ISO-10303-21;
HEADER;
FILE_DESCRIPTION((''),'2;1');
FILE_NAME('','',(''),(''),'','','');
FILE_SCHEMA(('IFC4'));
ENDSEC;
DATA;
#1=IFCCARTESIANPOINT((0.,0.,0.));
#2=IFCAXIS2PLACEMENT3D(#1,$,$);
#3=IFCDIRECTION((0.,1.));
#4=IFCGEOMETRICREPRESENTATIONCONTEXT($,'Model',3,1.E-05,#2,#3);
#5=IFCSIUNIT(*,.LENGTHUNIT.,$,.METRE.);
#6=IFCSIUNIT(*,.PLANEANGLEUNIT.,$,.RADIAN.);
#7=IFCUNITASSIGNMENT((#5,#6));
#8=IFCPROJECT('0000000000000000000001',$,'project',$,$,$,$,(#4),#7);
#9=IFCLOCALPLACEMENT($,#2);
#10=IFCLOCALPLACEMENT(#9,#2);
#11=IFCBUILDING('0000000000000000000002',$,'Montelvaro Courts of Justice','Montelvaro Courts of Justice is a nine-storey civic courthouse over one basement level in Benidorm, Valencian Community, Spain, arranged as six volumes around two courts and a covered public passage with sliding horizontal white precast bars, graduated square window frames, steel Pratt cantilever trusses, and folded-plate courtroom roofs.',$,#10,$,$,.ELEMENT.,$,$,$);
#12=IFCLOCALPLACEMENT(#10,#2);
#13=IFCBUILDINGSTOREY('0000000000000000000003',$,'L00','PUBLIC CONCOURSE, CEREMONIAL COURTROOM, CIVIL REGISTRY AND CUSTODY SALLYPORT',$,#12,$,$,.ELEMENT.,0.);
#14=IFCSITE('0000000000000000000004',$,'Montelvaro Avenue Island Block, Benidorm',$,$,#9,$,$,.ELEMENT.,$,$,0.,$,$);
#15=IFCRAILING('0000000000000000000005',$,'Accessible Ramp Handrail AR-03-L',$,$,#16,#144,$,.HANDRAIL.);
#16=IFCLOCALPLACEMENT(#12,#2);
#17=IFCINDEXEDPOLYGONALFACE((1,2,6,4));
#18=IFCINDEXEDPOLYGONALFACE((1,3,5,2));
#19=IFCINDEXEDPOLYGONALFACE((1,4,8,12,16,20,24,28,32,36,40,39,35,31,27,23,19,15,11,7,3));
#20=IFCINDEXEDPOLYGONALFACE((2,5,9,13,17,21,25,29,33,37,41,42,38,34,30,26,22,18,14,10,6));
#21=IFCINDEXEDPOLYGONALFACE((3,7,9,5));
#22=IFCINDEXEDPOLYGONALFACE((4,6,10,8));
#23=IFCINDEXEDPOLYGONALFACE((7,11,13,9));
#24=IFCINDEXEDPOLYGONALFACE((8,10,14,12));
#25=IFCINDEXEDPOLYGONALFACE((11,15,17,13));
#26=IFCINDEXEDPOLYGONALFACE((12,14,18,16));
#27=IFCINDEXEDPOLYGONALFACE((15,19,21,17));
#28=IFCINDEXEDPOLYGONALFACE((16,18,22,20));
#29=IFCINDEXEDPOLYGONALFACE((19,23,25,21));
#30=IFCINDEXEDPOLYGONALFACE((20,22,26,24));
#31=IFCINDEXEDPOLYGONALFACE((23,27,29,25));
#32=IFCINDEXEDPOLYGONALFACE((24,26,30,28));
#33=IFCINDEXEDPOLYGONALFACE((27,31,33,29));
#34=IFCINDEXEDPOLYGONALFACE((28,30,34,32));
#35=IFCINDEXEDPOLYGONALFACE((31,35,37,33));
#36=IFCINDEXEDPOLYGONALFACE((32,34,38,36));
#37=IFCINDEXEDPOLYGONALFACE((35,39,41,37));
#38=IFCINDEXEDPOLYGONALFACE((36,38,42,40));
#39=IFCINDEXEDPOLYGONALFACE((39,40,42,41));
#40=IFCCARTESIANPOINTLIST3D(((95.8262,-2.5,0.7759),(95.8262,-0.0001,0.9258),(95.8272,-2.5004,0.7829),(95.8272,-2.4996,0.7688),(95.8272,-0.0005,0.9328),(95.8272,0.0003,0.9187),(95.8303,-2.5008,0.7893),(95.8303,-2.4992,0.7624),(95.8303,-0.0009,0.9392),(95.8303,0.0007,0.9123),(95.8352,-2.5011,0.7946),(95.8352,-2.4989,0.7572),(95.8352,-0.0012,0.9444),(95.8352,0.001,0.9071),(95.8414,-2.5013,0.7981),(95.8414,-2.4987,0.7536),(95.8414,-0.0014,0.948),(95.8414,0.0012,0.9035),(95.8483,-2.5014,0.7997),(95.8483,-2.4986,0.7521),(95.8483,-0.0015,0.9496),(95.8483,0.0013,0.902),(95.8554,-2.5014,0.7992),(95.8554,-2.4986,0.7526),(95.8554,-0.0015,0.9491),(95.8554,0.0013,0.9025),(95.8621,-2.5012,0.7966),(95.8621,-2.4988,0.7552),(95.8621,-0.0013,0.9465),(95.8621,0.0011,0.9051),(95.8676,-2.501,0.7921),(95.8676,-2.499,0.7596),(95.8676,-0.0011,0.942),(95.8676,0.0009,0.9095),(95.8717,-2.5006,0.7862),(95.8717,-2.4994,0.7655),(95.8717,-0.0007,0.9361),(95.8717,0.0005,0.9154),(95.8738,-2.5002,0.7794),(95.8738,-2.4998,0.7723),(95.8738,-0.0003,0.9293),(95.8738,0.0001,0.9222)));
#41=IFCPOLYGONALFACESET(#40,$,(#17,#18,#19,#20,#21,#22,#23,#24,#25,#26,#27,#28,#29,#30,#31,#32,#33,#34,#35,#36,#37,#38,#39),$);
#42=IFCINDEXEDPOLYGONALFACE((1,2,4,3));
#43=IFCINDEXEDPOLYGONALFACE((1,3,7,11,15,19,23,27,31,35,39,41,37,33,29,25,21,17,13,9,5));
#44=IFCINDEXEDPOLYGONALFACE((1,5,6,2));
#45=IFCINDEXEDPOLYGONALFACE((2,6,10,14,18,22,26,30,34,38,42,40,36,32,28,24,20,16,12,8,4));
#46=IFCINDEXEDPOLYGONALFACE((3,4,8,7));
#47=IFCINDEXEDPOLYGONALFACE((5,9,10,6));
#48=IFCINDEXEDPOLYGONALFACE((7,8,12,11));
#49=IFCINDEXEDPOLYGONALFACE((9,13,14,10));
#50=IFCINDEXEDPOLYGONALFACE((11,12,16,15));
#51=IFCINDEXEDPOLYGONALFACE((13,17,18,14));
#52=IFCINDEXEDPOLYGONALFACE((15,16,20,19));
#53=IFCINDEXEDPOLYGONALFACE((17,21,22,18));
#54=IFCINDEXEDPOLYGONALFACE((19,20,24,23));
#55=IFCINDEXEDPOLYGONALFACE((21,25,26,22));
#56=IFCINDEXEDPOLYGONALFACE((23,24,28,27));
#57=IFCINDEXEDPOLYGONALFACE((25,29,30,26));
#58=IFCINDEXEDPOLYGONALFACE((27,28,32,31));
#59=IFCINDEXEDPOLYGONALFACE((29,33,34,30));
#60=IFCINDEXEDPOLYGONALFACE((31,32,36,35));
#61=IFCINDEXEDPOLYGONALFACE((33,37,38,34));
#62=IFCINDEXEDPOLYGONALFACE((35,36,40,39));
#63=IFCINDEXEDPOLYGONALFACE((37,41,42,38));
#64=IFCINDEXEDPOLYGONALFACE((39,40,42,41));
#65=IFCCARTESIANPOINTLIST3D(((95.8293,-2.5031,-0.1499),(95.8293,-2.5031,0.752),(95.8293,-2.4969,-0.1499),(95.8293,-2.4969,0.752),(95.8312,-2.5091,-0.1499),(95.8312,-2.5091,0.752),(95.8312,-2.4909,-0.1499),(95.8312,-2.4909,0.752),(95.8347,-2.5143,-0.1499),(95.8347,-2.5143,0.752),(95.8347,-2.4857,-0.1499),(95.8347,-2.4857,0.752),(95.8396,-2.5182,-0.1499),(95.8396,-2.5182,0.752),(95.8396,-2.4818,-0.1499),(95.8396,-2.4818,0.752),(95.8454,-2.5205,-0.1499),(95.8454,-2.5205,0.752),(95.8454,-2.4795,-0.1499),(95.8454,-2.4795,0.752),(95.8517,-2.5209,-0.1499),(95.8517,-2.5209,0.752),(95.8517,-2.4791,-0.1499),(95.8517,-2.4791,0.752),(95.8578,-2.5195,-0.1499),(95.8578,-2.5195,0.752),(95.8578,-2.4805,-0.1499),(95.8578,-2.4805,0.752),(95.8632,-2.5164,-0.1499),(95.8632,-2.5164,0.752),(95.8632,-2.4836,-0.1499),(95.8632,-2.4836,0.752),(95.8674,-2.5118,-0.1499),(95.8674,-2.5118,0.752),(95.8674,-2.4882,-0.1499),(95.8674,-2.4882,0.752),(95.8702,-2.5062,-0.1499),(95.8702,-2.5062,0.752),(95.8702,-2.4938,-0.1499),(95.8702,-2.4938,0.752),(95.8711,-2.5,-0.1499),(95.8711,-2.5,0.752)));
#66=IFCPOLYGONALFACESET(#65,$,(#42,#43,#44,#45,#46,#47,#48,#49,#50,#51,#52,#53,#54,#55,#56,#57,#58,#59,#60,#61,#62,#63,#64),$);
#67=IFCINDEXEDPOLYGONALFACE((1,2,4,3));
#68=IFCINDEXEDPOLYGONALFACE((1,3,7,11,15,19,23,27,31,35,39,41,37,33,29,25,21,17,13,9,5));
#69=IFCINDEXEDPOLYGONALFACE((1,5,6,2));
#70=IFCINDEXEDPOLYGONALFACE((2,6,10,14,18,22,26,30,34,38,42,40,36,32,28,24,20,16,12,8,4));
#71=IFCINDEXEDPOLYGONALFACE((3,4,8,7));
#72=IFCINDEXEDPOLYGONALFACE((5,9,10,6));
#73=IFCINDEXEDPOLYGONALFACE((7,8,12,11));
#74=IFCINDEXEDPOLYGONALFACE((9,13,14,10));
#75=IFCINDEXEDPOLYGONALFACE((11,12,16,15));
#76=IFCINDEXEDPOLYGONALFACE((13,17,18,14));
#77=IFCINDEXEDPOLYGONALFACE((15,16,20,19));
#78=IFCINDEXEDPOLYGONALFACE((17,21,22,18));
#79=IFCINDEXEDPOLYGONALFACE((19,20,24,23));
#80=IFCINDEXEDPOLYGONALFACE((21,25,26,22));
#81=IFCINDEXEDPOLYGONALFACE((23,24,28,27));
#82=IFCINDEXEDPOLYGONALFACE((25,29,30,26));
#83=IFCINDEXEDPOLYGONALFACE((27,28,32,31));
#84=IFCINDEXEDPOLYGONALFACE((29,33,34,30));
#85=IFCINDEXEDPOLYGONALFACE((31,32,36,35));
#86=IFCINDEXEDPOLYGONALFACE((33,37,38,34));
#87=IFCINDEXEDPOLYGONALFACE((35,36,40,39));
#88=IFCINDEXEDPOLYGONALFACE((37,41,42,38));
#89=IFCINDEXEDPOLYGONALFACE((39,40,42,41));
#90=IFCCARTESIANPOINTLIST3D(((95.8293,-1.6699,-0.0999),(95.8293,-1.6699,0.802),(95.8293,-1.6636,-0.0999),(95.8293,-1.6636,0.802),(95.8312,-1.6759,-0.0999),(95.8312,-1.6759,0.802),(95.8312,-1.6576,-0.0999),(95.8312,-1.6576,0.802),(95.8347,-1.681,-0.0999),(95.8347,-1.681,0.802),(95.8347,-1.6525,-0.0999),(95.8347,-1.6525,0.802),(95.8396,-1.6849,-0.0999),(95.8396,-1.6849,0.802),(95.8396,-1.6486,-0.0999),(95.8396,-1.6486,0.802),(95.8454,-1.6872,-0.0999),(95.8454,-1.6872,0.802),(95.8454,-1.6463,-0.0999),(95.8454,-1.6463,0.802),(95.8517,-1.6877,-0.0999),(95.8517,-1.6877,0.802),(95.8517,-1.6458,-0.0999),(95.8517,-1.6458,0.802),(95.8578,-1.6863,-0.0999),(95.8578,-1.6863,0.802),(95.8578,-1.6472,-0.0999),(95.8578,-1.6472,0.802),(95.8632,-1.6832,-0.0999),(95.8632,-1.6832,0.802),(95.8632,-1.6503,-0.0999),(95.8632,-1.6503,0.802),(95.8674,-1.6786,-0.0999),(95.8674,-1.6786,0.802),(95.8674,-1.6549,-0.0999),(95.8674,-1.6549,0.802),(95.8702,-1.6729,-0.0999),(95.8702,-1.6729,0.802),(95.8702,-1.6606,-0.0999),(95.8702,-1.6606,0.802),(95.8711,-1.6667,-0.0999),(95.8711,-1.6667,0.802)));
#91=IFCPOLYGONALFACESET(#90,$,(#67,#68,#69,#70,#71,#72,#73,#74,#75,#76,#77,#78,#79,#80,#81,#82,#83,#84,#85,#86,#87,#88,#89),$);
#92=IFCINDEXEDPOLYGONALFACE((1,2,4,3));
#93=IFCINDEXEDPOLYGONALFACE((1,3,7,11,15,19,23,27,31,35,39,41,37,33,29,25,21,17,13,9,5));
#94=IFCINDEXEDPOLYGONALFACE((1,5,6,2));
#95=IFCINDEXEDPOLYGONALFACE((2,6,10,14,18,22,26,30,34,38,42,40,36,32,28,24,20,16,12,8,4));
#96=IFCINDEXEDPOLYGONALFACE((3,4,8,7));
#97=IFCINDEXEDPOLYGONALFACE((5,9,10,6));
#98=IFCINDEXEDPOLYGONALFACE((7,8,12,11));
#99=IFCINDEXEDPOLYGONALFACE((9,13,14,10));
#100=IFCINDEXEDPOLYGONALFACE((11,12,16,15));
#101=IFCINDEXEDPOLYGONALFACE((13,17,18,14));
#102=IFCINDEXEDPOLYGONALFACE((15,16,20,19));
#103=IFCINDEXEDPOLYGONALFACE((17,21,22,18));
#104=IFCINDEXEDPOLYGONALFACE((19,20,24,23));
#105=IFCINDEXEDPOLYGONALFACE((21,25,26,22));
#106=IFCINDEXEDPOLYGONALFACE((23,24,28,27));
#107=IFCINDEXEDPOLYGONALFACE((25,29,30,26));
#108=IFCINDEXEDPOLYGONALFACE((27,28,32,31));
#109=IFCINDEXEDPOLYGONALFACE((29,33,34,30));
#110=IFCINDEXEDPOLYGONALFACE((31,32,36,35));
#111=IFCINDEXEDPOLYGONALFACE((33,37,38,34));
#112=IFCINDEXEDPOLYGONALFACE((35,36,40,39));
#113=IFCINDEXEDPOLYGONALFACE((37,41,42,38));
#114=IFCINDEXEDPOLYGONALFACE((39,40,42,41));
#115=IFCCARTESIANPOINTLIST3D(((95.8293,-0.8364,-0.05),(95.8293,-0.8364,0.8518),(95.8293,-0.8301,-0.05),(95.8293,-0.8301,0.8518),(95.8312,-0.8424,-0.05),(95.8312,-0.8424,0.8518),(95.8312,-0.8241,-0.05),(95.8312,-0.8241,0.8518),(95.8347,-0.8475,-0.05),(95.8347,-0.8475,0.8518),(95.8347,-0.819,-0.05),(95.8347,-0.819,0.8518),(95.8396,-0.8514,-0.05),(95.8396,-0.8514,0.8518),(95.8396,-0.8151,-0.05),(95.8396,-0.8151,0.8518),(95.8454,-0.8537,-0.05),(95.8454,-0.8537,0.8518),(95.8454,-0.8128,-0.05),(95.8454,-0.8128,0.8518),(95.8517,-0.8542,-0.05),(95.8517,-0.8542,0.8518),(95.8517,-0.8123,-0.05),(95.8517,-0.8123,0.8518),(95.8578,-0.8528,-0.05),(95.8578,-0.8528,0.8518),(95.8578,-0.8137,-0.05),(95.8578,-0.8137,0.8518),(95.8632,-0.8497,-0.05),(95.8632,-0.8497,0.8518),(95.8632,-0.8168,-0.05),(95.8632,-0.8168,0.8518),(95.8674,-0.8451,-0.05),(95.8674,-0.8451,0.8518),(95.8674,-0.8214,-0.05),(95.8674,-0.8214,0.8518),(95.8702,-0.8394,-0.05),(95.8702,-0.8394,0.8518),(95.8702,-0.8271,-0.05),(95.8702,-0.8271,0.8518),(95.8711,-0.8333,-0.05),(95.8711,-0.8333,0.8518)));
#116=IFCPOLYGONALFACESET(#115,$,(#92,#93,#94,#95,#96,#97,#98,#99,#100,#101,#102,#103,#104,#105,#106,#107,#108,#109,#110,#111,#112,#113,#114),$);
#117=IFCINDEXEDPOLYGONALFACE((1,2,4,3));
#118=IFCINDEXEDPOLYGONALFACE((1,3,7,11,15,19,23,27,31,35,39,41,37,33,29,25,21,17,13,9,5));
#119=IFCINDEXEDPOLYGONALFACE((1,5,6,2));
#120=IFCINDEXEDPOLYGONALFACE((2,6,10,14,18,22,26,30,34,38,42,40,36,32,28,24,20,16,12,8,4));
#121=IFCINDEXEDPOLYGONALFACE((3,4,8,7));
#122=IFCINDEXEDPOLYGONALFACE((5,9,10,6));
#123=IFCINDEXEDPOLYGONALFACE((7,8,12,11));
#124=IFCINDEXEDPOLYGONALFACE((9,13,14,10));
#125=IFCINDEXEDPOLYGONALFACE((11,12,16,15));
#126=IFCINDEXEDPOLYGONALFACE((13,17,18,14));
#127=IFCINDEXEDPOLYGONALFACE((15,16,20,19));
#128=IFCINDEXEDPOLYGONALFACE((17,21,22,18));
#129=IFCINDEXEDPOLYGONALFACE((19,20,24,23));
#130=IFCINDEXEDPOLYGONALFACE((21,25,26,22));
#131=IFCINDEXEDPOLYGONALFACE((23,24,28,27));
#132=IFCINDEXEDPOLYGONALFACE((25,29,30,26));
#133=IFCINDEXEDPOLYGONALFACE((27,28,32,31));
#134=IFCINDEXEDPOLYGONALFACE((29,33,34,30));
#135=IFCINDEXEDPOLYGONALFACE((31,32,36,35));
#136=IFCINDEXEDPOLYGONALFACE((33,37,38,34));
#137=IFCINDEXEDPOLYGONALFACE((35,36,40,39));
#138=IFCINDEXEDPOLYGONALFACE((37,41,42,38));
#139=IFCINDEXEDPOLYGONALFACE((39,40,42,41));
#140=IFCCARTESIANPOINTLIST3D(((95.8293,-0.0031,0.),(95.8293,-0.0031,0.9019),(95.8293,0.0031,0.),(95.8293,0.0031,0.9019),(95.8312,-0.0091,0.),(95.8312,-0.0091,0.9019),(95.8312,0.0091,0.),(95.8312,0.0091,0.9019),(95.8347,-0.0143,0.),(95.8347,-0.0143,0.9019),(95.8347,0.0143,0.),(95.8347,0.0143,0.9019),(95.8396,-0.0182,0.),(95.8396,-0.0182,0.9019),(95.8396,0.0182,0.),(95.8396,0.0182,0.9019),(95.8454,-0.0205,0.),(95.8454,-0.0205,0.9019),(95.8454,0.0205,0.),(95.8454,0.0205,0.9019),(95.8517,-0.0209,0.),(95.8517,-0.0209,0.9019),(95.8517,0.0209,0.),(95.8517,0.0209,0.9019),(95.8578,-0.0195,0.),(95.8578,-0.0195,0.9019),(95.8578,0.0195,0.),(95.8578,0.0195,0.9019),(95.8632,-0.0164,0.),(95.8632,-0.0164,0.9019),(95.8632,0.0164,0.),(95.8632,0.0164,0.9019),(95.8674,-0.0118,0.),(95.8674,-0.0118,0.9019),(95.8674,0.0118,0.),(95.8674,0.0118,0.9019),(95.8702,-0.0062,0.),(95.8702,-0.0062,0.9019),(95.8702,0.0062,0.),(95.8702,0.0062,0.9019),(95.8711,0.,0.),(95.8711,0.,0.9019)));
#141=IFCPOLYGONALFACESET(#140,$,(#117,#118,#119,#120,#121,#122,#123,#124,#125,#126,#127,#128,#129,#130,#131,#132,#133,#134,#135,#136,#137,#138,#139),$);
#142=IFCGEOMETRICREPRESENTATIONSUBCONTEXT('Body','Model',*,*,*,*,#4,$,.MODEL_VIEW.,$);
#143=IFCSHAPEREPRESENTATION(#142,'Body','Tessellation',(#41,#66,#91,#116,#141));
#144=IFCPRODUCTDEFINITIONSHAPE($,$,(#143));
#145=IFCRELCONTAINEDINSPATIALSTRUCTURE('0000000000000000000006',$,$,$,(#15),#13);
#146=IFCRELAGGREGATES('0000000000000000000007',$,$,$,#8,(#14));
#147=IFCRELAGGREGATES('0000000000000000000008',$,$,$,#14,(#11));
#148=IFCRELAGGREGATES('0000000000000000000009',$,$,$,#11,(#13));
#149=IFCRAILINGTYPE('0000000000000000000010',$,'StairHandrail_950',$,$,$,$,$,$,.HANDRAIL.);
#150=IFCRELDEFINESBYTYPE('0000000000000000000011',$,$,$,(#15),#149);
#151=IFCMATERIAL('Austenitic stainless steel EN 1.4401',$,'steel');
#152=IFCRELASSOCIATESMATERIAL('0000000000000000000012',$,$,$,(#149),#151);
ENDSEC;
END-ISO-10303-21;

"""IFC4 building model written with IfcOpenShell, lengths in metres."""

from ifc_helpers import new_model, si_unit, direction, frame, origin, origin_2d, place, context, subcontext, project, spatial, circle, extrude, material, type_object, element, save


model = new_model("IFC4")

# Units and contexts
model_context = context("Model", 3, precision=1e-05, world=origin(), true_north=direction((0.0, 1.0)))
body_context = subcontext(model_context, "Body", "Model", "MODEL_VIEW")
ifc_project = project(units=[si_unit("LENGTHUNIT", "METRE"), si_unit("PLANEANGLEUNIT", "RADIAN")], contexts=[model_context])

# Site, building, storey
site_placement = place(None, origin())
site = spatial("IfcSite", under=ifc_project, at=site_placement, Name="Montelvaro Avenue Island Block, Benidorm", CompositionType="ELEMENT", RefElevation=0.0)
building_placement = place(site_placement, origin())
building = spatial("IfcBuilding", under=site, at=building_placement, Name="Montelvaro Courts of Justice", Description="Montelvaro Courts of Justice is a nine-storey civic courthouse over one basement level in Benidorm, Valencian Community, Spain, arranged as six volumes around two courts and a covered public passage with sliding horizontal white precast bars, graduated square window frames, steel Pratt cantilever trusses, and folded-plate courtroom roofs.", CompositionType="ELEMENT")
storey_placement = place(building_placement, origin())
storey = spatial("IfcBuildingStorey", under=building, at=storey_placement, Name="L00", Description="PUBLIC CONCOURSE, CEREMONIAL COURTROOM, CIVIL REGISTRY AND CUSTODY SALLYPORT", CompositionType="ELEMENT", Elevation=0.0)

# Railing
ifc_material_1 = material(Name="Austenitic stainless steel EN 1.4401", Category="steel")
railing_type = type_object("IfcRailingType", Name="StairHandrail_950", PredefinedType="HANDRAIL", material=ifc_material_1)
for number, where, name in (
    (1, (95.8501, -2.5, -0.1499), "Accessible Ramp Handrail AR-03-L"),
):
    element("IfcRailing", number, at=place(storey_placement, frame(where)), inside=storey, type_object=railing_type, Name=name, PredefinedType="HANDRAIL", context=body_context, shape_type="SweptSolid", body=[
        extrude(circle(Radius=0.0239, at=origin_2d()), frame((0.0, 0.0, 0.9258), z_axis=(0.0, 0.998207, 0.059853), x_axis=(-1.0, 0.0, 0.0)), (0.0, 0.0, 1.0), 2.5044),
        extrude(circle(Radius=0.021, at=origin_2d()), origin(), (0.0, 0.0, 1.0), 0.9019),
        extrude(circle(Radius=0.021, at=origin_2d()), frame((0.0, 0.8333, 0.05)), (0.0, 0.0, 1.0), 0.9019),
        extrude(circle(Radius=0.021, at=origin_2d()), frame((0.0, 1.6667, 0.0999)), (0.0, 0.0, 1.0), 0.9019),
        extrude(circle(Radius=0.021, at=origin_2d()), frame((0.0, 2.5, 0.1499)), (0.0, 0.0, 1.0), 0.9019),
    ])

save(model, "model.ifc")
